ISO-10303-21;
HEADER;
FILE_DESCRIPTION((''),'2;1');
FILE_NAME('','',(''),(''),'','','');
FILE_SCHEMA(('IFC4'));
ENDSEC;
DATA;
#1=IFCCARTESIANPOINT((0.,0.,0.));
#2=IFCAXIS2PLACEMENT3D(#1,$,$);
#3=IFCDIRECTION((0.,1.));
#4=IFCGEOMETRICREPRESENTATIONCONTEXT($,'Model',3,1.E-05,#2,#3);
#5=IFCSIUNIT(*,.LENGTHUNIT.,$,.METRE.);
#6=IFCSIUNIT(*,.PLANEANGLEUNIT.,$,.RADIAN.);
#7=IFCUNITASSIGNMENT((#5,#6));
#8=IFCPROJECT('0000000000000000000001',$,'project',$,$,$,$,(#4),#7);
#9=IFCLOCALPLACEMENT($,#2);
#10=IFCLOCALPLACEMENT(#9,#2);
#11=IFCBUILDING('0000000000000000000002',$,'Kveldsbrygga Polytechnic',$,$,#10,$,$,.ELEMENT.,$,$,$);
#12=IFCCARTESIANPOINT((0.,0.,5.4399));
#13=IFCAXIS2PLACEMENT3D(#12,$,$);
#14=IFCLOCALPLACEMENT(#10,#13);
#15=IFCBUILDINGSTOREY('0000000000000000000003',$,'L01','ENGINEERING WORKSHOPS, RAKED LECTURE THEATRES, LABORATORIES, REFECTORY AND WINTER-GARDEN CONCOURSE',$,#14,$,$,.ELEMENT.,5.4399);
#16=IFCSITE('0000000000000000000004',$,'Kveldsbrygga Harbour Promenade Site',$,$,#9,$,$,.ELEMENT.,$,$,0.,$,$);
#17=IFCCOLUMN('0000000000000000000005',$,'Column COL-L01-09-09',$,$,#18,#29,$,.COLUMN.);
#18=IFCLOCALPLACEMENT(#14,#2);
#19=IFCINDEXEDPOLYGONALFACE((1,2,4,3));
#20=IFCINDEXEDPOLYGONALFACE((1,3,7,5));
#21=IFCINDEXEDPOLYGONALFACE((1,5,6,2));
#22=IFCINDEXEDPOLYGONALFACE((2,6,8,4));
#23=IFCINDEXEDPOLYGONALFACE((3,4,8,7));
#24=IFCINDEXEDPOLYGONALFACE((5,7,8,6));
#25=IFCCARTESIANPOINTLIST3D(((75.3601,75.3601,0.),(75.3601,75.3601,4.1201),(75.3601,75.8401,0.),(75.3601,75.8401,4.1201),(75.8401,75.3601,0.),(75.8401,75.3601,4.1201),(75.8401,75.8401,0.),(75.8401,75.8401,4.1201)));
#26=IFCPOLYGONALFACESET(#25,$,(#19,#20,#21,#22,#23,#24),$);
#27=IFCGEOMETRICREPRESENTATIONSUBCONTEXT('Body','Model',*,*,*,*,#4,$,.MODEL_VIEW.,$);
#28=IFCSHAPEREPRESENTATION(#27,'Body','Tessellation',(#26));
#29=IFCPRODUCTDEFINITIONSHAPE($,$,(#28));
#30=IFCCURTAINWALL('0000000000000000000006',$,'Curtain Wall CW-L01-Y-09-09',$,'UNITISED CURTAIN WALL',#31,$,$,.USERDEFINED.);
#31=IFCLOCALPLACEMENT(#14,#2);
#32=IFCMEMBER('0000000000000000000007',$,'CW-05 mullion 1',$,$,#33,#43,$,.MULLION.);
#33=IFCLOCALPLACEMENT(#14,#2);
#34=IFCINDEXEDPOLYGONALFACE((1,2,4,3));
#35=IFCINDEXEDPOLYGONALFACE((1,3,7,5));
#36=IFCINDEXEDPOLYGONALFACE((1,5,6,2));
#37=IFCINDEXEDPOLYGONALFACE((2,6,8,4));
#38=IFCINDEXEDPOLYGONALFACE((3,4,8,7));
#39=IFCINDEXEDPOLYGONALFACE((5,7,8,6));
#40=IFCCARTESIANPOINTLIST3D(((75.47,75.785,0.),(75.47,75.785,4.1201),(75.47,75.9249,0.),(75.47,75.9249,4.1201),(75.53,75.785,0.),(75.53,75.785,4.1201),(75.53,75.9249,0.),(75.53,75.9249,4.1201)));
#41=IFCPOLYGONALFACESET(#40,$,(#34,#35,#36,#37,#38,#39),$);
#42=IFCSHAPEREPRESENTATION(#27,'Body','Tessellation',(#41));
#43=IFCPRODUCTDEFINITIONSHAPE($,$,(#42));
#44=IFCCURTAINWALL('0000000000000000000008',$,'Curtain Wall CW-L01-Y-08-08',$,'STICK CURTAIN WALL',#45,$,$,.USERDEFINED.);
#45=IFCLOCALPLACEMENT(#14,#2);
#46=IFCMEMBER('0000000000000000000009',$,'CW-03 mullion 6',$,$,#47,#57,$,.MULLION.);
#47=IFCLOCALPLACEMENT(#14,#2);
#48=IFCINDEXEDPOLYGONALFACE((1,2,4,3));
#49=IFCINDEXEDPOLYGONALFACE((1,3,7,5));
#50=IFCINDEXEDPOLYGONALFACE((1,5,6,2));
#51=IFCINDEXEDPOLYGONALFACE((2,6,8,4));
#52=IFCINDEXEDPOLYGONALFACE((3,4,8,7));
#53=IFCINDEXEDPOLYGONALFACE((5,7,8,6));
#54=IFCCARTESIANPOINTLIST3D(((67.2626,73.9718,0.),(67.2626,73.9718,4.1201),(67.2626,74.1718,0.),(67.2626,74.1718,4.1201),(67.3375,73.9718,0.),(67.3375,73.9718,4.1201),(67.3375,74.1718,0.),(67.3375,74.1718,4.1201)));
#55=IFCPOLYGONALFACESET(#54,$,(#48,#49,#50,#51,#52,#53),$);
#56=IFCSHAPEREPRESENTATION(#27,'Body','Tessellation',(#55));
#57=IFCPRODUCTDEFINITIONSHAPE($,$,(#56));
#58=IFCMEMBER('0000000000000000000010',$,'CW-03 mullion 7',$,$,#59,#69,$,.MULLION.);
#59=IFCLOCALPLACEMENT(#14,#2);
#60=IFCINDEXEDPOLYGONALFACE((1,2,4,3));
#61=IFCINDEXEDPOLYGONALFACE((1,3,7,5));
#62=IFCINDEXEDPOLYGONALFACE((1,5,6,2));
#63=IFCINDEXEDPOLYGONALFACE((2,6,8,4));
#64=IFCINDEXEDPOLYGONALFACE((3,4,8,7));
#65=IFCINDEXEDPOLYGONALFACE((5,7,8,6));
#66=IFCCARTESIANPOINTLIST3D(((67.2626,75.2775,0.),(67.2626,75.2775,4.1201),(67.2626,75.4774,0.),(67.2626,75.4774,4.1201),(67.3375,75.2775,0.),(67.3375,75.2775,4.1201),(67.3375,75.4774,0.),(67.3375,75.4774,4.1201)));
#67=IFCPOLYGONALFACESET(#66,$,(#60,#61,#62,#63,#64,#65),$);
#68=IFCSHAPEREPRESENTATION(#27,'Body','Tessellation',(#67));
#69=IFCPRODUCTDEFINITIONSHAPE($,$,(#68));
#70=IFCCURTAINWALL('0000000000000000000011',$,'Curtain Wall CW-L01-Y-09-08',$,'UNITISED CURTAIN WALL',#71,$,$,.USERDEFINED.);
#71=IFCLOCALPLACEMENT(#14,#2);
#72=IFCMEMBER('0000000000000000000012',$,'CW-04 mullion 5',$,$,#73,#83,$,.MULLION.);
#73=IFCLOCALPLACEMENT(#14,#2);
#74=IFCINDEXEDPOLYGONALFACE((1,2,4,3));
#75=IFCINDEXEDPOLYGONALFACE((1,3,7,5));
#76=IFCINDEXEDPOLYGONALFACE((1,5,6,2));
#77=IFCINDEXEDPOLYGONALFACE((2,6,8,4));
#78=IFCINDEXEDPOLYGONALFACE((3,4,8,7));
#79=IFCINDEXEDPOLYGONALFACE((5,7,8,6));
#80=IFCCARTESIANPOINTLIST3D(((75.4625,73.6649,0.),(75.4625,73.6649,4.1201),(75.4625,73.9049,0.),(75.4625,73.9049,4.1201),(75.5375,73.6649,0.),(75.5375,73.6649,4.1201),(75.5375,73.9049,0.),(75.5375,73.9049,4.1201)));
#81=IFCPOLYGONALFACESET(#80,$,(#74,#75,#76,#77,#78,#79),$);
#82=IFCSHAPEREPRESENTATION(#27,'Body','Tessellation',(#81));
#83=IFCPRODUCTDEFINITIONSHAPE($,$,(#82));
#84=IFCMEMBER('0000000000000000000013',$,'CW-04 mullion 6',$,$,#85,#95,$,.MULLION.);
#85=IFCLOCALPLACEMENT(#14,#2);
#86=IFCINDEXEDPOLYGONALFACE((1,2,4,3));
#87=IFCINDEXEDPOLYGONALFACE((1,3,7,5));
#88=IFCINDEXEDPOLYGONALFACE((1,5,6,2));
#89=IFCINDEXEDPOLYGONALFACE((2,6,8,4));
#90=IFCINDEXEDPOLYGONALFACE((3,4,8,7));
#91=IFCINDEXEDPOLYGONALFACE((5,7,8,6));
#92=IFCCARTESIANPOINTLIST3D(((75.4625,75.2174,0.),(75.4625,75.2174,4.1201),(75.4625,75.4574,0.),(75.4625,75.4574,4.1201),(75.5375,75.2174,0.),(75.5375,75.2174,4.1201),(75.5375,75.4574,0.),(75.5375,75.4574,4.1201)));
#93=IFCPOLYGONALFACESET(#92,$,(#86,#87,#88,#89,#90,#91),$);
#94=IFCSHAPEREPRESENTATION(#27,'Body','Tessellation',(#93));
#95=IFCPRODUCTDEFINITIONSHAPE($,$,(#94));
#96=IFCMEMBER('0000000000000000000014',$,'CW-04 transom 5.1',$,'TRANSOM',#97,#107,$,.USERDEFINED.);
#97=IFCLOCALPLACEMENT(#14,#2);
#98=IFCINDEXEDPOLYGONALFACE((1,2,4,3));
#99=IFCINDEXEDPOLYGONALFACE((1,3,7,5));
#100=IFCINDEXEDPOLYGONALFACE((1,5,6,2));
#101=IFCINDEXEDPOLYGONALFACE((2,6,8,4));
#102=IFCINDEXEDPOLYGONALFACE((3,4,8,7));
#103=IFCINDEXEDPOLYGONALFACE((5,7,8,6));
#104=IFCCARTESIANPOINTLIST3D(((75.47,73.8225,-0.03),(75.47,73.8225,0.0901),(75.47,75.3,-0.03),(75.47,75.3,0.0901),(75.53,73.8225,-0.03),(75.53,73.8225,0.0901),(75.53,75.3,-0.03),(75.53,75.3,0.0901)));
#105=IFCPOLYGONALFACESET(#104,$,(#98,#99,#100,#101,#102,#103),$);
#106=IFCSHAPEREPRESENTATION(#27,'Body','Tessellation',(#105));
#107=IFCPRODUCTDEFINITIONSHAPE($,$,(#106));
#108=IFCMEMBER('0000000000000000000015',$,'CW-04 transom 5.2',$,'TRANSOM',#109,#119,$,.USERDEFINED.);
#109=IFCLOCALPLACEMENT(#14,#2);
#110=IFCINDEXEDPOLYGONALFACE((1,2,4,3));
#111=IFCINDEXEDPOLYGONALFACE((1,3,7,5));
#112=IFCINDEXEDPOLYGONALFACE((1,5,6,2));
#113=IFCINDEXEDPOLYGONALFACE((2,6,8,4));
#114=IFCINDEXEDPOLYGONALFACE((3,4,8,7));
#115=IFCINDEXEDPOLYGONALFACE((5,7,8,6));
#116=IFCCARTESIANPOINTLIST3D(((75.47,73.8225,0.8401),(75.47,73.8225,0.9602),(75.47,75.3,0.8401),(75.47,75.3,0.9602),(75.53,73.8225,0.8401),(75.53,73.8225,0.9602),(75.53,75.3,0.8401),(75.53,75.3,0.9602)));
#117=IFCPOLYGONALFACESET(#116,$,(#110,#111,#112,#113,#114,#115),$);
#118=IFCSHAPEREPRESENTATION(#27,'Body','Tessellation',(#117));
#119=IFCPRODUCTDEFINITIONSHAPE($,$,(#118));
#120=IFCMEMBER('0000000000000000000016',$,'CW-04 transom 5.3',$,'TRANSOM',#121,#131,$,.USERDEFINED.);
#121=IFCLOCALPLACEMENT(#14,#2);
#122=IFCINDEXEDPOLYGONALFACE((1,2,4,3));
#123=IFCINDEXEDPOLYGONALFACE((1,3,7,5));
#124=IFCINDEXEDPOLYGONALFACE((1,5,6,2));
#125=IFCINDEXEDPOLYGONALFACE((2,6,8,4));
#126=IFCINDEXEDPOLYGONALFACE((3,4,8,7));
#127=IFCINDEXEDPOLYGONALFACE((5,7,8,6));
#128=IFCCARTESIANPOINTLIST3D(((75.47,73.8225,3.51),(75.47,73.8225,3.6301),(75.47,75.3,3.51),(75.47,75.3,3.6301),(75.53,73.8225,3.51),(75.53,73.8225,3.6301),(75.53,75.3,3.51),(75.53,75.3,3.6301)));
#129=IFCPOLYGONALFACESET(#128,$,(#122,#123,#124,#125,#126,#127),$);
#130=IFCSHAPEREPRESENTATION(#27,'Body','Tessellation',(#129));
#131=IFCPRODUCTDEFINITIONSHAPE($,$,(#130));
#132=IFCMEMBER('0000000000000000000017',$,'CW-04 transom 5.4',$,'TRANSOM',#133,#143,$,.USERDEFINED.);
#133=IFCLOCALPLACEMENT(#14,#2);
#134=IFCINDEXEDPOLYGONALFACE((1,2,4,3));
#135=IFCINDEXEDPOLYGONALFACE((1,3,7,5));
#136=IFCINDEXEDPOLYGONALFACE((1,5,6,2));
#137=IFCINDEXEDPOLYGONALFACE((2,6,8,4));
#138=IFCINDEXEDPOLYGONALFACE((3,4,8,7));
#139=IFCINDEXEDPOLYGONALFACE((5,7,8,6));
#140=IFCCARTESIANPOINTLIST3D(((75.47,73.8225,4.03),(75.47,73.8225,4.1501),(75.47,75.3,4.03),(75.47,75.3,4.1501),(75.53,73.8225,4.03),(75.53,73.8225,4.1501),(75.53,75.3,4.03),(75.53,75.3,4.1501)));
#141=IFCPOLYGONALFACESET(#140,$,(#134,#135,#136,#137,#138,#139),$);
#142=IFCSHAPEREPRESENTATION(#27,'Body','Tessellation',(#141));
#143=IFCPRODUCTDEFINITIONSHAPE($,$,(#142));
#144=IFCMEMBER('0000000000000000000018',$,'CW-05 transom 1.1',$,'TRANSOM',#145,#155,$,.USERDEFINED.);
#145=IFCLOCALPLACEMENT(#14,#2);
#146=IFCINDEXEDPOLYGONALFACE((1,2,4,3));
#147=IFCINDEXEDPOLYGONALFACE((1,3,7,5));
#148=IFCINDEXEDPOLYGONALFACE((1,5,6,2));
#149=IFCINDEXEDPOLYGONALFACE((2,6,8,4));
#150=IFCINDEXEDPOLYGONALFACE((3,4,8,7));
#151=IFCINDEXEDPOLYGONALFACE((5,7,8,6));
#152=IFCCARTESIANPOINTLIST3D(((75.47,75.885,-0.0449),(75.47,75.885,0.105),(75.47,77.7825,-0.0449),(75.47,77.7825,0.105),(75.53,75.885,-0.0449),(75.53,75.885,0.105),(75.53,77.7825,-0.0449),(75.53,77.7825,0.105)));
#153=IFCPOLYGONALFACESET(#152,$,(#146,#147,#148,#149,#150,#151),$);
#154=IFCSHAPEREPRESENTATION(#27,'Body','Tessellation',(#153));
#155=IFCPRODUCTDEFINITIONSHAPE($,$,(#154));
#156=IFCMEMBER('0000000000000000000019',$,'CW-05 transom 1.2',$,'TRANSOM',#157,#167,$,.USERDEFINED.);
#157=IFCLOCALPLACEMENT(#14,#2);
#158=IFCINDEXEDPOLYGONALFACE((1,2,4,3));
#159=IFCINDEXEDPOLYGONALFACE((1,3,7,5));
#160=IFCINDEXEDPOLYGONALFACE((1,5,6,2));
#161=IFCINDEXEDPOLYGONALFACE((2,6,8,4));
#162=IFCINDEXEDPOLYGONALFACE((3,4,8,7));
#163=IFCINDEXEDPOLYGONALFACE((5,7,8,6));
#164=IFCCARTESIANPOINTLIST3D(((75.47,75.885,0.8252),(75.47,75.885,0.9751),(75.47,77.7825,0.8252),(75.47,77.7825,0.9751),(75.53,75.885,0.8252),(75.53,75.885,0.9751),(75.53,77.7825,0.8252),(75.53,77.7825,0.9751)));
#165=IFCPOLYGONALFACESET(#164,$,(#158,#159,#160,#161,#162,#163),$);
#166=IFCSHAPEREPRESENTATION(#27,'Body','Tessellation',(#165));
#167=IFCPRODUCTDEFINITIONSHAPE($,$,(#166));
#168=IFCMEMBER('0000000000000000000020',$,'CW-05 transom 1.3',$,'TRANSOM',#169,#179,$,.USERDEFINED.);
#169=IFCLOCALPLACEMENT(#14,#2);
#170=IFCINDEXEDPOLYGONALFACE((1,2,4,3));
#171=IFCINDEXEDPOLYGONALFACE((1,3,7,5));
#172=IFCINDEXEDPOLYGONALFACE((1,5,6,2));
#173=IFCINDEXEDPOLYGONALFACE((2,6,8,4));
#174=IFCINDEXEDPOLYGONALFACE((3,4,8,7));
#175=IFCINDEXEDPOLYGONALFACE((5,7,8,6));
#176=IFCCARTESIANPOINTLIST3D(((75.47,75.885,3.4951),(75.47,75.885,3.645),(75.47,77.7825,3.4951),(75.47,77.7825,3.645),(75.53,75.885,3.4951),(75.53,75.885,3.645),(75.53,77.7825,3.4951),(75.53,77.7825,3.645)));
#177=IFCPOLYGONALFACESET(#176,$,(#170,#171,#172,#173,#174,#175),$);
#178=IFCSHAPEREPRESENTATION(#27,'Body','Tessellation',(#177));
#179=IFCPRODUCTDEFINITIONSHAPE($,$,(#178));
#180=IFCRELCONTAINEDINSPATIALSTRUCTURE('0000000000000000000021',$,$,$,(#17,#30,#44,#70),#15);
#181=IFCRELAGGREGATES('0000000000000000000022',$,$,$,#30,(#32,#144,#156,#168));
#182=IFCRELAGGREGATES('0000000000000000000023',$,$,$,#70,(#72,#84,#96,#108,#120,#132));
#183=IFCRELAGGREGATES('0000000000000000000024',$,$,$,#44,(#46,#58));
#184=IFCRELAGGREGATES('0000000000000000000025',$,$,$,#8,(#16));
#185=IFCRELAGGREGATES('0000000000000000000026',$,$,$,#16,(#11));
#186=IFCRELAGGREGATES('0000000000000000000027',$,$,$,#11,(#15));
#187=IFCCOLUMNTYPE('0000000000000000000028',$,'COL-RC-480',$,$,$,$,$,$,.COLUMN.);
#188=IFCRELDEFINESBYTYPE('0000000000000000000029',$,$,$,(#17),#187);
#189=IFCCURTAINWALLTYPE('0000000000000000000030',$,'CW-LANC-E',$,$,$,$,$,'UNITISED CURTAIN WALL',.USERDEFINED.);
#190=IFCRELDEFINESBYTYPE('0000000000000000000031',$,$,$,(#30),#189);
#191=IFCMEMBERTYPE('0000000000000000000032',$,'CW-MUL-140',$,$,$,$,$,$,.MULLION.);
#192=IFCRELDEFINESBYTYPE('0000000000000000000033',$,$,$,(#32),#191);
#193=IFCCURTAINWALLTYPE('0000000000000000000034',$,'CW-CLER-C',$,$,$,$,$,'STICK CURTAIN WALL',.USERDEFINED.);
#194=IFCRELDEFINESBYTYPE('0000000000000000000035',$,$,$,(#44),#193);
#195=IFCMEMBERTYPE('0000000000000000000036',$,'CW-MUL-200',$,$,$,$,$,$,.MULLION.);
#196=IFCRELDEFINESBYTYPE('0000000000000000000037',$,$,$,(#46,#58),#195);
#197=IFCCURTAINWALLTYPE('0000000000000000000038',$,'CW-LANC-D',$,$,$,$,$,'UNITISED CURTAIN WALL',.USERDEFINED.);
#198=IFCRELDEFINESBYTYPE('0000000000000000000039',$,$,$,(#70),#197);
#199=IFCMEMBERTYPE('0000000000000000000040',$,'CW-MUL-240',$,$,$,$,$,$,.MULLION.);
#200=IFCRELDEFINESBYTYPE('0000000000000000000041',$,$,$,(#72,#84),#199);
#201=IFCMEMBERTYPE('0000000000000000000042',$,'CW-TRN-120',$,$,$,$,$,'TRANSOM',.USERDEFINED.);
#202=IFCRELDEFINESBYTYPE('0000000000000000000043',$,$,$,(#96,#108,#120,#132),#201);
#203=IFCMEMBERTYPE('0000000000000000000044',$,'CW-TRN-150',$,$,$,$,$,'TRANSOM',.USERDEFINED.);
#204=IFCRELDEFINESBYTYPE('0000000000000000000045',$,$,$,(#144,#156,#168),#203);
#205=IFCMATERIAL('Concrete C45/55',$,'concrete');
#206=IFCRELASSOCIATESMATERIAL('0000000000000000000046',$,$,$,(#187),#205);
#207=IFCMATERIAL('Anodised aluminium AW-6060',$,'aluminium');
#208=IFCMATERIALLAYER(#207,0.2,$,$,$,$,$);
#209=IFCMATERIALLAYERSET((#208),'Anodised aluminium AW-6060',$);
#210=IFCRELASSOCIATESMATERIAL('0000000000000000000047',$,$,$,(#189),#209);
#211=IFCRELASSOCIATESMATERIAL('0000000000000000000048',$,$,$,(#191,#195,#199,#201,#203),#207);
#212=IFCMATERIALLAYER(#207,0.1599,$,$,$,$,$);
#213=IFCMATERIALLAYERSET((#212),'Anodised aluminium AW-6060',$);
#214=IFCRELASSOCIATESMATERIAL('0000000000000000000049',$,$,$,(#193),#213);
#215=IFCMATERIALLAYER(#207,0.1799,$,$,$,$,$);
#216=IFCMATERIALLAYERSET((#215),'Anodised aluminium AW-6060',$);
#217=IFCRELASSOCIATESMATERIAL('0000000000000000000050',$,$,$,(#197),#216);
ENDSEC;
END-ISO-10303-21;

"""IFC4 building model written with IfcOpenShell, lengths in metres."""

from ifc_helpers import new_model, si_unit, direction, frame, origin, origin_2d, place, context, subcontext, project, spatial, rectangle, extrude, material, layer, layer_set, material_profile, profile_set, type_object, element, aggregate, save


model = new_model("IFC4")

# Units and contexts
model_context = context("Model", 3, precision=1e-05, world=origin(), true_north=direction((0.0, 1.0)))
body_context = subcontext(model_context, "Body", "Model", "MODEL_VIEW")
ifc_project = project(units=[si_unit("LENGTHUNIT", "METRE"), si_unit("PLANEANGLEUNIT", "RADIAN")], contexts=[model_context])

# Site, building, storey
site_placement = place(None, origin())
site = spatial("IfcSite", under=ifc_project, at=site_placement, Name="Kveldsbrygga Harbour Promenade Site", CompositionType="ELEMENT", RefElevation=0.0)
building_placement = place(site_placement, origin())
building = spatial("IfcBuilding", under=site, at=building_placement, Name="Kveldsbrygga Polytechnic", CompositionType="ELEMENT")
storey_placement = place(building_placement, frame((0.0, 0.0, 5.4399)))
storey = spatial("IfcBuildingStorey", under=building, at=storey_placement, Name="L01", Description="ENGINEERING WORKSHOPS, RAKED LECTURE THEATRES, LABORATORIES, REFECTORY AND WINTER-GARDEN CONCOURSE", CompositionType="ELEMENT", Elevation=5.4399)

# Column
ifc_material_1 = material(Name="Concrete C45/55", Category="concrete")
ifc_material_profile_1 = material_profile(ifc_material_1, rectangle(XDim=0.48, YDim=0.48, at=origin_2d()), Name="RC 480x480")
ifc_profile_set_1 = profile_set([ifc_material_profile_1], Name="Concrete C45/55")
column_type = type_object("IfcColumnType", Name="COL-RC-480", PredefinedType="COLUMN", material=ifc_profile_set_1)
column_placement = place(storey_placement, frame((75.6001, 75.6001, 0.0), z_axis=(0.0, 0.0, 1.0), x_axis=(1.0, 0.0, 0.0)))
element("IfcColumn", 1, at=column_placement, inside=storey, type_object=column_type, Name="Column COL-L01-09-09", PredefinedType="COLUMN", context=body_context, shape_type="SweptSolid", body=[
    extrude(rectangle(XDim=0.48, YDim=0.48, at=origin_2d()), origin(), (0.0, 0.0, 1.0), 4.1201),
])

# Curtain wall, member
ifc_material_2 = material(Name="Anodised aluminium AW-6060", Category="aluminium")
ifc_layer_1 = layer(ifc_material_2, 0.2)
ifc_layer_set_1 = layer_set([ifc_layer_1], Name="Anodised aluminium AW-6060")
curtain_wall_type_1 = type_object("IfcCurtainWallType", Name="CW-LANC-E", ElementType="UNITISED CURTAIN WALL", PredefinedType="USERDEFINED", material=ifc_layer_set_1)
curtain_wall_1_placement = place(storey_placement, origin())
curtain_wall_1 = element("IfcCurtainWall", 2, at=curtain_wall_1_placement, inside=storey, type_object=curtain_wall_type_1, Name="Curtain Wall CW-L01-Y-09-09", ObjectType="UNITISED CURTAIN WALL", PredefinedType="USERDEFINED")
ifc_material_profile_2 = material_profile(ifc_material_2, rectangle(XDim=0.0601, YDim=0.1399, at=origin_2d()), Name="ALU 60x140")
ifc_profile_set_2 = profile_set([ifc_material_profile_2], Name="Anodised aluminium AW-6060")
member_type_1 = type_object("IfcMemberType", Name="CW-MUL-140", PredefinedType="MULLION", material=ifc_profile_set_2)
member_1_placement = place(storey_placement, frame((75.5, 75.855, 0.0), z_axis=(0.0, 0.0, 1.0), x_axis=(-1.0, 0.0, 0.0)))
member_1 = element("IfcMember", 3, at=member_1_placement, type_object=member_type_1, Name="CW-05 mullion 1", PredefinedType="MULLION", context=body_context, shape_type="SweptSolid", body=[
    extrude(rectangle(XDim=0.0601, YDim=0.1399, at=origin_2d()), origin(), (0.0, 0.0, 1.0), 4.1201),
])

# Curtain walls, members
ifc_layer_2 = layer(ifc_material_2, 0.1599)
ifc_layer_set_2 = layer_set([ifc_layer_2], Name="Anodised aluminium AW-6060")
curtain_wall_type_2 = type_object("IfcCurtainWallType", Name="CW-CLER-C", ElementType="STICK CURTAIN WALL", PredefinedType="USERDEFINED", material=ifc_layer_set_2)
curtain_wall_2_placement = place(storey_placement, origin())
curtain_wall_2 = element("IfcCurtainWall", 4, at=curtain_wall_2_placement, inside=storey, type_object=curtain_wall_type_2, Name="Curtain Wall CW-L01-Y-08-08", ObjectType="STICK CURTAIN WALL", PredefinedType="USERDEFINED")
ifc_material_profile_3 = material_profile(ifc_material_2, rectangle(XDim=0.075, YDim=0.2, at=origin_2d()), Name="ALU 75x200")
ifc_profile_set_3 = profile_set([ifc_material_profile_3], Name="Anodised aluminium AW-6060")
member_type_2 = type_object("IfcMemberType", Name="CW-MUL-200", PredefinedType="MULLION", material=ifc_profile_set_3)
member_2_placement = place(storey_placement, frame((67.3, 74.0718, 0.0), z_axis=(0.0, 0.0, 1.0), x_axis=(-1.0, 0.0, 0.0)))
member_2 = element("IfcMember", 5, at=member_2_placement, type_object=member_type_2, Name="CW-03 mullion 6", PredefinedType="MULLION", context=body_context, shape_type="SweptSolid", body=[
    extrude(rectangle(XDim=0.075, YDim=0.2, at=origin_2d()), origin(), (0.0, 0.0, 1.0), 4.1201),
])
member_3_placement = place(storey_placement, frame((67.3, 75.3774, 0.0), z_axis=(0.0, 0.0, 1.0), x_axis=(-1.0, 0.0, 0.0)))
member_3 = element("IfcMember", 6, at=member_3_placement, type_object=member_type_2, Name="CW-03 mullion 7", PredefinedType="MULLION", context=body_context, shape_type="SweptSolid", body=[
    extrude(rectangle(XDim=0.075, YDim=0.2, at=origin_2d()), origin(), (0.0, 0.0, 1.0), 4.1201),
])
ifc_layer_3 = layer(ifc_material_2, 0.1799)
ifc_layer_set_3 = layer_set([ifc_layer_3], Name="Anodised aluminium AW-6060")
curtain_wall_type_3 = type_object("IfcCurtainWallType", Name="CW-LANC-D", ElementType="UNITISED CURTAIN WALL", PredefinedType="USERDEFINED", material=ifc_layer_set_3)
curtain_wall_3_placement = place(storey_placement, origin())
curtain_wall_3 = element("IfcCurtainWall", 7, at=curtain_wall_3_placement, inside=storey, type_object=curtain_wall_type_3, Name="Curtain Wall CW-L01-Y-09-08", ObjectType="UNITISED CURTAIN WALL", PredefinedType="USERDEFINED")
ifc_material_profile_4 = material_profile(ifc_material_2, rectangle(XDim=0.075, YDim=0.24, at=origin_2d()), Name="ALU 75x240")
ifc_profile_set_4 = profile_set([ifc_material_profile_4], Name="Anodised aluminium AW-6060")
member_type_3 = type_object("IfcMemberType", Name="CW-MUL-240", PredefinedType="MULLION", material=ifc_profile_set_4)
member_4_placement = place(storey_placement, frame((75.5, 73.7849, 0.0), z_axis=(0.0, 0.0, 1.0), x_axis=(-1.0, 0.0, 0.0)))
member_4 = element("IfcMember", 8, at=member_4_placement, type_object=member_type_3, Name="CW-04 mullion 5", PredefinedType="MULLION", context=body_context, shape_type="SweptSolid", body=[
    extrude(rectangle(XDim=0.075, YDim=0.24, at=origin_2d()), origin(), (0.0, 0.0, 1.0), 4.1201),
])
member_5_placement = place(storey_placement, frame((75.5, 75.3374, 0.0), z_axis=(0.0, 0.0, 1.0), x_axis=(-1.0, 0.0, 0.0)))
member_5 = element("IfcMember", 9, at=member_5_placement, type_object=member_type_3, Name="CW-04 mullion 6", PredefinedType="MULLION", context=body_context, shape_type="SweptSolid", body=[
    extrude(rectangle(XDim=0.075, YDim=0.24, at=origin_2d()), origin(), (0.0, 0.0, 1.0), 4.1201),
])
ifc_material_profile_5 = material_profile(ifc_material_2, rectangle(XDim=0.0601, YDim=0.1201, at=origin_2d()), Name="ALU 60x120")
ifc_profile_set_5 = profile_set([ifc_material_profile_5], Name="Anodised aluminium AW-6060")
member_type_4 = type_object("IfcMemberType", Name="CW-TRN-120", ElementType="TRANSOM", PredefinedType="USERDEFINED", material=ifc_profile_set_5)
member_6_placement = place(storey_placement, frame((75.5, 73.8225, 0.03), z_axis=(0.0, 1.0, 0.0), x_axis=(-1.0, 0.0, 0.0)))
member_6 = element("IfcMember", 10, at=member_6_placement, type_object=member_type_4, Name="CW-04 transom 5.1", ObjectType="TRANSOM", PredefinedType="USERDEFINED", context=body_context, shape_type="SweptSolid", body=[
    extrude(rectangle(XDim=0.0601, YDim=0.1201, at=origin_2d()), origin(), (0.0, 0.0, 1.0), 1.4775),
])
member_7_placement = place(storey_placement, frame((75.5, 73.8225, 0.9001), z_axis=(0.0, 1.0, 0.0), x_axis=(-1.0, 0.0, 0.0)))
member_7 = element("IfcMember", 11, at=member_7_placement, type_object=member_type_4, Name="CW-04 transom 5.2", ObjectType="TRANSOM", PredefinedType="USERDEFINED", context=body_context, shape_type="SweptSolid", body=[
    extrude(rectangle(XDim=0.0601, YDim=0.1201, at=origin_2d()), origin(), (0.0, 0.0, 1.0), 1.4775),
])
member_8_placement = place(storey_placement, frame((75.5, 73.8225, 3.5701), z_axis=(0.0, 1.0, 0.0), x_axis=(-1.0, 0.0, 0.0)))
member_8 = element("IfcMember", 12, at=member_8_placement, type_object=member_type_4, Name="CW-04 transom 5.3", ObjectType="TRANSOM", PredefinedType="USERDEFINED", context=body_context, shape_type="SweptSolid", body=[
    extrude(rectangle(XDim=0.0601, YDim=0.1201, at=origin_2d()), origin(), (0.0, 0.0, 1.0), 1.4775),
])
member_9_placement = place(storey_placement, frame((75.5, 73.8225, 4.0901), z_axis=(0.0, 1.0, 0.0), x_axis=(-1.0, 0.0, 0.0)))
member_9 = element("IfcMember", 13, at=member_9_placement, type_object=member_type_4, Name="CW-04 transom 5.4", ObjectType="TRANSOM", PredefinedType="USERDEFINED", context=body_context, shape_type="SweptSolid", body=[
    extrude(rectangle(XDim=0.0601, YDim=0.1201, at=origin_2d()), origin(), (0.0, 0.0, 1.0), 1.4775),
])

# Members
ifc_material_profile_6 = material_profile(ifc_material_2, rectangle(XDim=0.0601, YDim=0.1499, at=origin_2d()), Name="ALU 60x150")
ifc_profile_set_6 = profile_set([ifc_material_profile_6], Name="Anodised aluminium AW-6060")
member_type_5 = type_object("IfcMemberType", Name="CW-TRN-150", ElementType="TRANSOM", PredefinedType="USERDEFINED", material=ifc_profile_set_6)
member_10_placement = place(storey_placement, frame((75.5, 75.885, 0.03), z_axis=(0.0, 1.0, 0.0), x_axis=(-1.0, 0.0, 0.0)))
member_10 = element("IfcMember", 14, at=member_10_placement, type_object=member_type_5, Name="CW-05 transom 1.1", ObjectType="TRANSOM", PredefinedType="USERDEFINED", context=body_context, shape_type="SweptSolid", body=[
    extrude(rectangle(XDim=0.0601, YDim=0.1499, at=origin_2d()), origin(), (0.0, 0.0, 1.0), 1.8975),
])
member_11_placement = place(storey_placement, frame((75.5, 75.885, 0.9001), z_axis=(0.0, 1.0, 0.0), x_axis=(-1.0, 0.0, 0.0)))
member_11 = element("IfcMember", 15, at=member_11_placement, type_object=member_type_5, Name="CW-05 transom 1.2", ObjectType="TRANSOM", PredefinedType="USERDEFINED", context=body_context, shape_type="SweptSolid", body=[
    extrude(rectangle(XDim=0.0601, YDim=0.1499, at=origin_2d()), origin(), (0.0, 0.0, 1.0), 1.8975),
])
member_12_placement = place(storey_placement, frame((75.5, 75.885, 3.5701), z_axis=(0.0, 1.0, 0.0), x_axis=(-1.0, 0.0, 0.0)))
member_12 = element("IfcMember", 16, at=member_12_placement, type_object=member_type_5, Name="CW-05 transom 1.3", ObjectType="TRANSOM", PredefinedType="USERDEFINED", context=body_context, shape_type="SweptSolid", body=[
    extrude(rectangle(XDim=0.0601, YDim=0.1499, at=origin_2d()), origin(), (0.0, 0.0, 1.0), 1.8975),
])
aggregate(curtain_wall_1, [member_1, member_10, member_11, member_12])

aggregate(curtain_wall_3, [member_4, member_5, member_6, member_7, member_8, member_9])
aggregate(curtain_wall_2, [member_2, member_3])

save(model, "model.ifc")
